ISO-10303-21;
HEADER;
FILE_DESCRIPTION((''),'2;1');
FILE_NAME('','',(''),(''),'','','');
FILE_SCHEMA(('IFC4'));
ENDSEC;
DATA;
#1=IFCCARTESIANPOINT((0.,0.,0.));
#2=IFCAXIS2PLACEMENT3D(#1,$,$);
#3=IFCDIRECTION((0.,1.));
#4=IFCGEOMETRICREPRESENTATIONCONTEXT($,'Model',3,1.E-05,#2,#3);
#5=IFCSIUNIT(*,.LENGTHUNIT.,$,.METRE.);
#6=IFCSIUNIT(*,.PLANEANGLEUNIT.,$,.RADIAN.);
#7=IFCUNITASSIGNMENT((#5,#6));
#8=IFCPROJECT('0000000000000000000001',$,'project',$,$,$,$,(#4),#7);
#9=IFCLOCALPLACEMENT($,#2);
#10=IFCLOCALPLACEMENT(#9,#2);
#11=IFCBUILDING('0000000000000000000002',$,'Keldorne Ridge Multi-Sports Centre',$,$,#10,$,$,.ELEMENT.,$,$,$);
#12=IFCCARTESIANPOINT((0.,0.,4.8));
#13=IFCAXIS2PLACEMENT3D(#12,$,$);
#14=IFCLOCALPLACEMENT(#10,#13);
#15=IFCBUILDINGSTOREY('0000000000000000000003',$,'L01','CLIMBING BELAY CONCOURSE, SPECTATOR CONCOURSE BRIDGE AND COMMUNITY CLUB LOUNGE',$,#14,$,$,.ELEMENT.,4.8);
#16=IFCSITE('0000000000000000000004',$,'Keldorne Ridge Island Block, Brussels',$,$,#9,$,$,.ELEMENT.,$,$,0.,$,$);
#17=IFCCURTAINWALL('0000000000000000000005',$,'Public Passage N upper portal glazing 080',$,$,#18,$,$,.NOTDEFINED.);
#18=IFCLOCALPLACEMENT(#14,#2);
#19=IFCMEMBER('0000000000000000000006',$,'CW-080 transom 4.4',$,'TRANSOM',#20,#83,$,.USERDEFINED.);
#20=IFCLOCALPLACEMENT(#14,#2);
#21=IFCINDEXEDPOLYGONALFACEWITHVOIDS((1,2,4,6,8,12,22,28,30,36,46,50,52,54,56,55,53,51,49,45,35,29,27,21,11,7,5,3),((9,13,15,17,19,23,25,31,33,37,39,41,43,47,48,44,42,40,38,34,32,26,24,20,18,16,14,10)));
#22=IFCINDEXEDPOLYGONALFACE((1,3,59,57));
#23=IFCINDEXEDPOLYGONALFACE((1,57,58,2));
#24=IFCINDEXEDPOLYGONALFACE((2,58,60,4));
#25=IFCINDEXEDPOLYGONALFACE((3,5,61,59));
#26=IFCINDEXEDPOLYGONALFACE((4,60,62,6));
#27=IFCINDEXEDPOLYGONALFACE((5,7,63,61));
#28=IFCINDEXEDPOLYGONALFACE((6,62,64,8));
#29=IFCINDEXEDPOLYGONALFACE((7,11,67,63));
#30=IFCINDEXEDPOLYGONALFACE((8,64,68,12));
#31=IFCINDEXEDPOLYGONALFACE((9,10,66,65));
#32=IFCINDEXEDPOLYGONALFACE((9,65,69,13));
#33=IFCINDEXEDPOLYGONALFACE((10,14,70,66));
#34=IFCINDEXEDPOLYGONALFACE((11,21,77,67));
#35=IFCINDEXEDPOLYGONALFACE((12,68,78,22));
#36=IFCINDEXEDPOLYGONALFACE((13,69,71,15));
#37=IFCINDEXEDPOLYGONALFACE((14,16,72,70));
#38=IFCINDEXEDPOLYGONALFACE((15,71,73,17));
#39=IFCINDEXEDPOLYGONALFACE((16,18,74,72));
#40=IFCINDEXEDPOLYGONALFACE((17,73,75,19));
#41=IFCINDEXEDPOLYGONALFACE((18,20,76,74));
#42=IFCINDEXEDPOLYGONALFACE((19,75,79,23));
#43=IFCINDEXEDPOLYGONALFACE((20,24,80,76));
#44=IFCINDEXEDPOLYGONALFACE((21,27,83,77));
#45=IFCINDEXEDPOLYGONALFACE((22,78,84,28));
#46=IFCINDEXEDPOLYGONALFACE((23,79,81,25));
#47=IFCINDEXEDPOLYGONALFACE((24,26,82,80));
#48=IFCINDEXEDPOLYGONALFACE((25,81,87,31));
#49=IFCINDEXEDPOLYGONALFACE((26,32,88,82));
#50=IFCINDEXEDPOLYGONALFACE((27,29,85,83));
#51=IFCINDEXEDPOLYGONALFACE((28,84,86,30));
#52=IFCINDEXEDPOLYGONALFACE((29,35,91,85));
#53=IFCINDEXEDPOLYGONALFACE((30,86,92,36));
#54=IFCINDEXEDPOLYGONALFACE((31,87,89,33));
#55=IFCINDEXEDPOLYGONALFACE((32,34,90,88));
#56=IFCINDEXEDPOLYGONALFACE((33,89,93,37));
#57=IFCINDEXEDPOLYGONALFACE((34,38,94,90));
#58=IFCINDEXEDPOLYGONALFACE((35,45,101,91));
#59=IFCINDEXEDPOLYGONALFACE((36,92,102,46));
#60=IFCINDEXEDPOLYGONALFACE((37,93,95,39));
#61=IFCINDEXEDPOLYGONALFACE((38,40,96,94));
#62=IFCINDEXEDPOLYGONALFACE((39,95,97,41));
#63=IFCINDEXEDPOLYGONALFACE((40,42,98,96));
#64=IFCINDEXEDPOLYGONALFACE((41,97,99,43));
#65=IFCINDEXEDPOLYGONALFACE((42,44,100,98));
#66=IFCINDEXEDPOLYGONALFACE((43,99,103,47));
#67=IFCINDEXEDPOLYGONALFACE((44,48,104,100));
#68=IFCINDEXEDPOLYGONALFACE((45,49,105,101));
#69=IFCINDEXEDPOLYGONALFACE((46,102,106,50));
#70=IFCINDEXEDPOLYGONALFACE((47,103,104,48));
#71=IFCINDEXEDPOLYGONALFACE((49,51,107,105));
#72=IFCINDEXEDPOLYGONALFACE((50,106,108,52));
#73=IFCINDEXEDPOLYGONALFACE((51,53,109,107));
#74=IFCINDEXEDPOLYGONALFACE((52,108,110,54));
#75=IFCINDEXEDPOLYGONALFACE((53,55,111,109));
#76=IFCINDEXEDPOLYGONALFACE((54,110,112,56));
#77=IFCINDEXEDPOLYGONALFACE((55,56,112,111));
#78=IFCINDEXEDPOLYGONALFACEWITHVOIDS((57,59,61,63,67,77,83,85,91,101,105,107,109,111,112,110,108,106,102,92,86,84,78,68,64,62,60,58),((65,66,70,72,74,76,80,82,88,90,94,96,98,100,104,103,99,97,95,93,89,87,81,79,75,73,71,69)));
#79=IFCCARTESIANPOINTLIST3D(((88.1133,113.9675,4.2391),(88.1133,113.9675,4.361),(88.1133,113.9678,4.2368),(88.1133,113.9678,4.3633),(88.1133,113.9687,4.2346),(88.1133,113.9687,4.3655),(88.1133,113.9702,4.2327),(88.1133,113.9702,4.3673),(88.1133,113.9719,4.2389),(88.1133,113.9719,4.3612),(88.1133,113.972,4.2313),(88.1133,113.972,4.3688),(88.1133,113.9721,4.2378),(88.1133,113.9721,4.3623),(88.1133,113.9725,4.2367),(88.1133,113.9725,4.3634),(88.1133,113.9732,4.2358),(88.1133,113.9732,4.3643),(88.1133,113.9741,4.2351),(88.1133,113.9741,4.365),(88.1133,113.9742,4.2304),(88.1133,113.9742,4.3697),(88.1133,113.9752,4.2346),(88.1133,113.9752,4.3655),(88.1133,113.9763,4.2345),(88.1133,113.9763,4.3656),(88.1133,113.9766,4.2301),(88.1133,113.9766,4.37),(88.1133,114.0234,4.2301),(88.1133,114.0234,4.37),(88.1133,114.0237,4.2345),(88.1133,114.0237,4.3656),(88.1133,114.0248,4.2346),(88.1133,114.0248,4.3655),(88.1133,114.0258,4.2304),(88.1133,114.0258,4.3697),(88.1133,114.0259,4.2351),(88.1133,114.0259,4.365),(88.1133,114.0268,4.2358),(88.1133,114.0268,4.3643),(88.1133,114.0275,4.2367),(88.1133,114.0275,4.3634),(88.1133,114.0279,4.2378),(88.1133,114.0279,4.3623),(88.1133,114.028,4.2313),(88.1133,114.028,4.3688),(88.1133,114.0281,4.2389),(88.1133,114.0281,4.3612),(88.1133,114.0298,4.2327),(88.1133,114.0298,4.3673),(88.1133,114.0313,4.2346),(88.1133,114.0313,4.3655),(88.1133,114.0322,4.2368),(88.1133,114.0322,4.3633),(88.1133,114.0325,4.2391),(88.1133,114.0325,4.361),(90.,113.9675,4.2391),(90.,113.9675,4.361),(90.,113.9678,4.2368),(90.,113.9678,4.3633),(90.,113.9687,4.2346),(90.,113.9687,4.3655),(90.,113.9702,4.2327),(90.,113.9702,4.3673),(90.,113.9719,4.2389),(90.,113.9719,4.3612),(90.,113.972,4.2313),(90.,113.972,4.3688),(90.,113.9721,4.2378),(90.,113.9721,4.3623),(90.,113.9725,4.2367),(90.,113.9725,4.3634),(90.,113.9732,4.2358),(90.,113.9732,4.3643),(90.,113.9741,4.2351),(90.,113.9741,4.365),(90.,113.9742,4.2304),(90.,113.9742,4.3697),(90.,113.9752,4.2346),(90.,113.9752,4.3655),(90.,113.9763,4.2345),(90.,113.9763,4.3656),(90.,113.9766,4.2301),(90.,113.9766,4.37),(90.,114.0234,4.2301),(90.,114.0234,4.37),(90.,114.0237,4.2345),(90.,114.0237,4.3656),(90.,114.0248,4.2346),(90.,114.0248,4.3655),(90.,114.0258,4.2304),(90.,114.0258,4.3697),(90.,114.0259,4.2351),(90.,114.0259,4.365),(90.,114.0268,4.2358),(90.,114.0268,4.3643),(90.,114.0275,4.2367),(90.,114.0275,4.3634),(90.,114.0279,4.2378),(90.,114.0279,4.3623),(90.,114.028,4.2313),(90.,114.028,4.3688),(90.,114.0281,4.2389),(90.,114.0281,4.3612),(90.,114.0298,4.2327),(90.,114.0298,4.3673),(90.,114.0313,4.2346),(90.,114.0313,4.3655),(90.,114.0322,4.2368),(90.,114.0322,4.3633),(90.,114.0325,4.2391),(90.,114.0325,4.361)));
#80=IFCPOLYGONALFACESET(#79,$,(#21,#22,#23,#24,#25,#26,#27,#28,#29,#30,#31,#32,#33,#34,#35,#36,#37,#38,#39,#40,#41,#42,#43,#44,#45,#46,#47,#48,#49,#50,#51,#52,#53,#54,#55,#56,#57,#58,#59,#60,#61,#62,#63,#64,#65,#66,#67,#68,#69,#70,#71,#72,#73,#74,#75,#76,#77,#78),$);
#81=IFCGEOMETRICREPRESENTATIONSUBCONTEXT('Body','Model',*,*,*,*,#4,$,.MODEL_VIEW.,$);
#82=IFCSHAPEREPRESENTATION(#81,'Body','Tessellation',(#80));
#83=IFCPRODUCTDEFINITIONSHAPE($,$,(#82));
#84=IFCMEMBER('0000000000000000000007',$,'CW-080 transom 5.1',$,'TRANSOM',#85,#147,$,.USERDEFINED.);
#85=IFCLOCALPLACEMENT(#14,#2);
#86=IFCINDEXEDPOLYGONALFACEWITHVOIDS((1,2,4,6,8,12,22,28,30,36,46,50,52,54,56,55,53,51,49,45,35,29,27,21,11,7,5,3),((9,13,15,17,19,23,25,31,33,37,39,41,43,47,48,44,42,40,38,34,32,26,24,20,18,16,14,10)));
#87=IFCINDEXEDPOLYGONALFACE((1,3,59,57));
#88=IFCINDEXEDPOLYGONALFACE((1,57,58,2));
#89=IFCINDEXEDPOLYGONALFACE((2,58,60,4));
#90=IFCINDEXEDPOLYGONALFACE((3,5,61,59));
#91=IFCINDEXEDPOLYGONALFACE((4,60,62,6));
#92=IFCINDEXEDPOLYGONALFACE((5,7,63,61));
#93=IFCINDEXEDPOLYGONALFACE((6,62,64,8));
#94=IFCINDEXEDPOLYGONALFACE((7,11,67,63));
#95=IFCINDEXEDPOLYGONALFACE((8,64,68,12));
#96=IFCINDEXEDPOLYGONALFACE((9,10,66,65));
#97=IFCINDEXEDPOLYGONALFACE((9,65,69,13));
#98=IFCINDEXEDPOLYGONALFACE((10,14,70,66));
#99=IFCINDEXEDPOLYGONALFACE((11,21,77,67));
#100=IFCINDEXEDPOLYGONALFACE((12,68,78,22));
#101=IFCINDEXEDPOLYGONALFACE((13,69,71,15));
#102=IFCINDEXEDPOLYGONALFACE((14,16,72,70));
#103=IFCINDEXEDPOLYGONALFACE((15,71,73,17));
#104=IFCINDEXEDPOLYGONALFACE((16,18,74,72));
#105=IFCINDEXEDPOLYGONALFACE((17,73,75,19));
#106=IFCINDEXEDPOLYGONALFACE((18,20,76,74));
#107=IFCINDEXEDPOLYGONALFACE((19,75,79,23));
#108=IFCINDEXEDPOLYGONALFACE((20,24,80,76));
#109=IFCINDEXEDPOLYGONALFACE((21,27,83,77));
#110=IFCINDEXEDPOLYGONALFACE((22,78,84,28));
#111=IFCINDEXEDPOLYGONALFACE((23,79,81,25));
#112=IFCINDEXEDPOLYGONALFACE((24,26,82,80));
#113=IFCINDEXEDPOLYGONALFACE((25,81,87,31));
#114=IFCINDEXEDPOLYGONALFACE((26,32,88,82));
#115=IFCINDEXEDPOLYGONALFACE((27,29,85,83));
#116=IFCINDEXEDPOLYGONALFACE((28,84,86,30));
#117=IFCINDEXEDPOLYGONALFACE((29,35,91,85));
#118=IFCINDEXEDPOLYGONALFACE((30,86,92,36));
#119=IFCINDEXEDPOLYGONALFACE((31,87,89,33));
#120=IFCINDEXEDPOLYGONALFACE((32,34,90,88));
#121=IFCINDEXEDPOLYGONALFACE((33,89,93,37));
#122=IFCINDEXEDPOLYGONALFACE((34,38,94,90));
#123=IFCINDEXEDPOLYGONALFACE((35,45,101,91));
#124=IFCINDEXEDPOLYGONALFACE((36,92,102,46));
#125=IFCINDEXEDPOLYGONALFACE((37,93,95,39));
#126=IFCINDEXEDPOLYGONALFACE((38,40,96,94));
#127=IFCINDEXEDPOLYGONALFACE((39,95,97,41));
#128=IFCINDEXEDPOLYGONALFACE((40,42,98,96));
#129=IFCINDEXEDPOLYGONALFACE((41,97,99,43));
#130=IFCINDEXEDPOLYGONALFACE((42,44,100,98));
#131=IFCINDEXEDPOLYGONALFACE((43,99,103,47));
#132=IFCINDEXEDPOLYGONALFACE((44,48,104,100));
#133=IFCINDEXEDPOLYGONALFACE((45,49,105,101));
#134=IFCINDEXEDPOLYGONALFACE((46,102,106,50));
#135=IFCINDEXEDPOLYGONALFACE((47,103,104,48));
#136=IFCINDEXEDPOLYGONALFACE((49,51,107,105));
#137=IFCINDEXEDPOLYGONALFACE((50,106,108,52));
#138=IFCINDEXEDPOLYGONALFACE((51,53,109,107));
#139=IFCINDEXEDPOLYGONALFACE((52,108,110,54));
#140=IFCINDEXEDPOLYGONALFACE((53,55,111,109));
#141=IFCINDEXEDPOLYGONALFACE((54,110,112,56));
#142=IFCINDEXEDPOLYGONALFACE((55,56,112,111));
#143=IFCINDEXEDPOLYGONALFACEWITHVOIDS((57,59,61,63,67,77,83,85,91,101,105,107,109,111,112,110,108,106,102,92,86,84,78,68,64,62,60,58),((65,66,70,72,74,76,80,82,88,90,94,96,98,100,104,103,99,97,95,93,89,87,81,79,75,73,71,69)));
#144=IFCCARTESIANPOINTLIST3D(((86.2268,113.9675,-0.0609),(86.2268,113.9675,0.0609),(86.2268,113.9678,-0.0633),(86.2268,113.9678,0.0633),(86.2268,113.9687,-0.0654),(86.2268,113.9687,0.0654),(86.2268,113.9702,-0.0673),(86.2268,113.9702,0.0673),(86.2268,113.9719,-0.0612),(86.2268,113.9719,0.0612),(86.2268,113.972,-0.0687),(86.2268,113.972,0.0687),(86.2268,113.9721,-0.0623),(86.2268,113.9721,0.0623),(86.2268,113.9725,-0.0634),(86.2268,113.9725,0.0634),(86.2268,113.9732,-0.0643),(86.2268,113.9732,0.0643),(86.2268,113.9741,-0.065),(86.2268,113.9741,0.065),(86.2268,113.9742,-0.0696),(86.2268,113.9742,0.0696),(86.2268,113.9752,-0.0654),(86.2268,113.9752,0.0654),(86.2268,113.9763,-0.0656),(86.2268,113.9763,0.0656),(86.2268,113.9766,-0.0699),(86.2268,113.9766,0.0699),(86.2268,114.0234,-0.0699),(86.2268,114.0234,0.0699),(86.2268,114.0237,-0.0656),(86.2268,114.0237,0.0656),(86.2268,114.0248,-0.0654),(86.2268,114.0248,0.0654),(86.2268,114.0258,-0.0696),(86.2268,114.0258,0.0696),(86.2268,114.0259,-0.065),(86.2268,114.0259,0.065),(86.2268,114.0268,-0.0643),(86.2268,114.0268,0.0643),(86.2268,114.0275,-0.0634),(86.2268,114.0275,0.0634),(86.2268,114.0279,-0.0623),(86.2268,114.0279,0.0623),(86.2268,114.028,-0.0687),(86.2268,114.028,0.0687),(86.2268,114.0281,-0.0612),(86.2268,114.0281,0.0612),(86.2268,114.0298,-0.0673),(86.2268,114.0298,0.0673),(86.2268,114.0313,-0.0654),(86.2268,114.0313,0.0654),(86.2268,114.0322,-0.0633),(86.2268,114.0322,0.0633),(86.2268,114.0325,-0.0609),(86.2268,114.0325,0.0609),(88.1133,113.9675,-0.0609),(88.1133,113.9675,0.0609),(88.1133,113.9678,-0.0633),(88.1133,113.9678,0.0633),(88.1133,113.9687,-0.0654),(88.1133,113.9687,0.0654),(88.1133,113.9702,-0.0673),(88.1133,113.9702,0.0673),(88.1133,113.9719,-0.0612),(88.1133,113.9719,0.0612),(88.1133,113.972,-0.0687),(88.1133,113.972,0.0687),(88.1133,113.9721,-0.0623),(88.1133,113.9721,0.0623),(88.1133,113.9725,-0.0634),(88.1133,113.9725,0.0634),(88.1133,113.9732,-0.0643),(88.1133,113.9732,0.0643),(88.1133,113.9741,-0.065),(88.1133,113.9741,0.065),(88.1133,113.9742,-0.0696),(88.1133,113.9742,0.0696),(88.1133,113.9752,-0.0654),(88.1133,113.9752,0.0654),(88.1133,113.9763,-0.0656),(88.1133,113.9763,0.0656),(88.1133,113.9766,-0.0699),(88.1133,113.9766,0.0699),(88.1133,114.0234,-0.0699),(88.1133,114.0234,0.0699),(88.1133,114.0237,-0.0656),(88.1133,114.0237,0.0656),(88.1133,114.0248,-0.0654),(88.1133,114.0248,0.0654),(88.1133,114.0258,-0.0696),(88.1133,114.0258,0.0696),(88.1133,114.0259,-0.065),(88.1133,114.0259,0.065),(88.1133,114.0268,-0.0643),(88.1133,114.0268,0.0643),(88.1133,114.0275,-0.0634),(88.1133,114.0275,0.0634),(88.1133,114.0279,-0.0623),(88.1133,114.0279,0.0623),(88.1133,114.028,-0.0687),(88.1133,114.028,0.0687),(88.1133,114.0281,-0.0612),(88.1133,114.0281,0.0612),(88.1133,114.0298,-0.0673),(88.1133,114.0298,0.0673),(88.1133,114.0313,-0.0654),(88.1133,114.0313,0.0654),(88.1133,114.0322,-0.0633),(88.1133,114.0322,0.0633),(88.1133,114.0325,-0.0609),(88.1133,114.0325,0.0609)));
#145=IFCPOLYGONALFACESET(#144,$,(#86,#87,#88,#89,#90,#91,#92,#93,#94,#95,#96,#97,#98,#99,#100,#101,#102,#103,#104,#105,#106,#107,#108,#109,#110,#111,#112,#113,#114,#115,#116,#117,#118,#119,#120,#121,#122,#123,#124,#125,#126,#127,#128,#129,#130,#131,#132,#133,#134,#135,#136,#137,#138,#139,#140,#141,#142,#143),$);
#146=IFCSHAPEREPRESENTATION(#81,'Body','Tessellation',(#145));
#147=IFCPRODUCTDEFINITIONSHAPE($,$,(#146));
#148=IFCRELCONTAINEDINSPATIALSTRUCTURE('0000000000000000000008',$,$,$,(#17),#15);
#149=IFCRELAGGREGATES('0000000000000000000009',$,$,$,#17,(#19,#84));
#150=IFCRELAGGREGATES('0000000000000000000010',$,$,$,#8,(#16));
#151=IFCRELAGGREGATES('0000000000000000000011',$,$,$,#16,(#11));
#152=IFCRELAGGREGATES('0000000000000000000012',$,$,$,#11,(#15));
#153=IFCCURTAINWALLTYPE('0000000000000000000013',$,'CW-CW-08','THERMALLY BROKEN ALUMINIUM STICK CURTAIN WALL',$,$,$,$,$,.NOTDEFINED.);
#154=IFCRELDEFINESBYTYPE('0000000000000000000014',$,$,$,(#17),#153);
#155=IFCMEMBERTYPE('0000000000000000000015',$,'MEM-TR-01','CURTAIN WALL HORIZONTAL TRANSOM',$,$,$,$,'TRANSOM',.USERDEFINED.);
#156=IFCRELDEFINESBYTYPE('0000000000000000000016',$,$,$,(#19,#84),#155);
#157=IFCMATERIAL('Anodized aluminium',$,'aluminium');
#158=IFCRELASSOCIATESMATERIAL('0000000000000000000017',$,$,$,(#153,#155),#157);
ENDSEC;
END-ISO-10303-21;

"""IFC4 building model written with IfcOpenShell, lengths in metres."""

from ifc_helpers import new_model, si_unit, direction, frame, origin, origin_2d, place, context, subcontext, project, spatial, hollow_rectangle, extrude, material, material_profile, profile_set, type_object, element, aggregate, save


model = new_model("IFC4")

# Units and contexts
model_context = context("Model", 3, precision=1e-05, world=origin(), true_north=direction((0.0, 1.0)))
body_context = subcontext(model_context, "Body", "Model", "MODEL_VIEW")
ifc_project = project(units=[si_unit("LENGTHUNIT", "METRE"), si_unit("PLANEANGLEUNIT", "RADIAN")], contexts=[model_context])

# Site, building, storey
site_placement = place(None, origin())
site = spatial("IfcSite", under=ifc_project, at=site_placement, Name="Keldorne Ridge Island Block, Brussels", CompositionType="ELEMENT", RefElevation=0.0)
building_placement = place(site_placement, origin())
building = spatial("IfcBuilding", under=site, at=building_placement, Name="Keldorne Ridge Multi-Sports Centre", CompositionType="ELEMENT")
storey_placement = place(building_placement, frame((0.0, 0.0, 4.8)))
storey = spatial("IfcBuildingStorey", under=building, at=storey_placement, Name="L01", Description="CLIMBING BELAY CONCOURSE, SPECTATOR CONCOURSE BRIDGE AND COMMUNITY CLUB LOUNGE", CompositionType="ELEMENT", Elevation=4.8)

# Curtain wall, members
ifc_material_1 = material(Name="Anodized aluminium", Category="aluminium")
curtain_wall_type = type_object("IfcCurtainWallType", Name="CW-CW-08", Description="THERMALLY BROKEN ALUMINIUM STICK CURTAIN WALL", PredefinedType="NOTDEFINED", material=ifc_material_1)
curtain_wall_placement = place(storey_placement, origin())
curtain_wall = element("IfcCurtainWall", 1, at=curtain_wall_placement, inside=storey, type_object=curtain_wall_type, Name="Public Passage N upper portal glazing 080", PredefinedType="NOTDEFINED")
ifc_material_profile_1 = material_profile(ifc_material_1, hollow_rectangle(XDim=0.0649, YDim=0.1399, WallThickness=0.0044, InnerFilletRadius=0.0044, OuterFilletRadius=0.009, at=origin_2d()), Name="ALU TRANSOM 140x65x4.5")
ifc_profile_set_1 = profile_set([ifc_material_profile_1], Name="Anodized aluminium")
member_type_1 = type_object("IfcMemberType", Name="MEM-TR-01", Description="CURTAIN WALL HORIZONTAL TRANSOM", ElementType="TRANSOM", PredefinedType="USERDEFINED", material=ifc_profile_set_1)
member_1_placement = place(storey_placement, frame((90.0, 114.0, 4.3), z_axis=(-1.0, 0.0, 0.0), x_axis=(0.0, -1.0, 0.0)))
member_1 = element("IfcMember", 2, at=member_1_placement, type_object=member_type_1, Name="CW-080 transom 4.4", ObjectType="TRANSOM", PredefinedType="USERDEFINED", context=body_context, shape_type="SweptSolid", body=[
    extrude(hollow_rectangle(XDim=0.0649, YDim=0.1399, WallThickness=0.0044, InnerFilletRadius=0.0044, OuterFilletRadius=0.009, at=origin_2d()), origin(), (0.0, 0.0, 1.0), 1.8867),
])
member_2_placement = place(storey_placement, frame((88.1133, 114.0, 0.0), z_axis=(-1.0, 0.0, 0.0), x_axis=(0.0, -1.0, 0.0)))
member_2 = element("IfcMember", 3, at=member_2_placement, type_object=member_type_1, Name="CW-080 transom 5.1", ObjectType="TRANSOM", PredefinedType="USERDEFINED", context=body_context, shape_type="SweptSolid", body=[
    extrude(hollow_rectangle(XDim=0.0649, YDim=0.1399, WallThickness=0.0044, InnerFilletRadius=0.0044, OuterFilletRadius=0.009, at=origin_2d()), origin(), (0.0, 0.0, 1.0), 1.8865),
])
aggregate(curtain_wall, [member_1, member_2])

save(model, "model.ifc")
